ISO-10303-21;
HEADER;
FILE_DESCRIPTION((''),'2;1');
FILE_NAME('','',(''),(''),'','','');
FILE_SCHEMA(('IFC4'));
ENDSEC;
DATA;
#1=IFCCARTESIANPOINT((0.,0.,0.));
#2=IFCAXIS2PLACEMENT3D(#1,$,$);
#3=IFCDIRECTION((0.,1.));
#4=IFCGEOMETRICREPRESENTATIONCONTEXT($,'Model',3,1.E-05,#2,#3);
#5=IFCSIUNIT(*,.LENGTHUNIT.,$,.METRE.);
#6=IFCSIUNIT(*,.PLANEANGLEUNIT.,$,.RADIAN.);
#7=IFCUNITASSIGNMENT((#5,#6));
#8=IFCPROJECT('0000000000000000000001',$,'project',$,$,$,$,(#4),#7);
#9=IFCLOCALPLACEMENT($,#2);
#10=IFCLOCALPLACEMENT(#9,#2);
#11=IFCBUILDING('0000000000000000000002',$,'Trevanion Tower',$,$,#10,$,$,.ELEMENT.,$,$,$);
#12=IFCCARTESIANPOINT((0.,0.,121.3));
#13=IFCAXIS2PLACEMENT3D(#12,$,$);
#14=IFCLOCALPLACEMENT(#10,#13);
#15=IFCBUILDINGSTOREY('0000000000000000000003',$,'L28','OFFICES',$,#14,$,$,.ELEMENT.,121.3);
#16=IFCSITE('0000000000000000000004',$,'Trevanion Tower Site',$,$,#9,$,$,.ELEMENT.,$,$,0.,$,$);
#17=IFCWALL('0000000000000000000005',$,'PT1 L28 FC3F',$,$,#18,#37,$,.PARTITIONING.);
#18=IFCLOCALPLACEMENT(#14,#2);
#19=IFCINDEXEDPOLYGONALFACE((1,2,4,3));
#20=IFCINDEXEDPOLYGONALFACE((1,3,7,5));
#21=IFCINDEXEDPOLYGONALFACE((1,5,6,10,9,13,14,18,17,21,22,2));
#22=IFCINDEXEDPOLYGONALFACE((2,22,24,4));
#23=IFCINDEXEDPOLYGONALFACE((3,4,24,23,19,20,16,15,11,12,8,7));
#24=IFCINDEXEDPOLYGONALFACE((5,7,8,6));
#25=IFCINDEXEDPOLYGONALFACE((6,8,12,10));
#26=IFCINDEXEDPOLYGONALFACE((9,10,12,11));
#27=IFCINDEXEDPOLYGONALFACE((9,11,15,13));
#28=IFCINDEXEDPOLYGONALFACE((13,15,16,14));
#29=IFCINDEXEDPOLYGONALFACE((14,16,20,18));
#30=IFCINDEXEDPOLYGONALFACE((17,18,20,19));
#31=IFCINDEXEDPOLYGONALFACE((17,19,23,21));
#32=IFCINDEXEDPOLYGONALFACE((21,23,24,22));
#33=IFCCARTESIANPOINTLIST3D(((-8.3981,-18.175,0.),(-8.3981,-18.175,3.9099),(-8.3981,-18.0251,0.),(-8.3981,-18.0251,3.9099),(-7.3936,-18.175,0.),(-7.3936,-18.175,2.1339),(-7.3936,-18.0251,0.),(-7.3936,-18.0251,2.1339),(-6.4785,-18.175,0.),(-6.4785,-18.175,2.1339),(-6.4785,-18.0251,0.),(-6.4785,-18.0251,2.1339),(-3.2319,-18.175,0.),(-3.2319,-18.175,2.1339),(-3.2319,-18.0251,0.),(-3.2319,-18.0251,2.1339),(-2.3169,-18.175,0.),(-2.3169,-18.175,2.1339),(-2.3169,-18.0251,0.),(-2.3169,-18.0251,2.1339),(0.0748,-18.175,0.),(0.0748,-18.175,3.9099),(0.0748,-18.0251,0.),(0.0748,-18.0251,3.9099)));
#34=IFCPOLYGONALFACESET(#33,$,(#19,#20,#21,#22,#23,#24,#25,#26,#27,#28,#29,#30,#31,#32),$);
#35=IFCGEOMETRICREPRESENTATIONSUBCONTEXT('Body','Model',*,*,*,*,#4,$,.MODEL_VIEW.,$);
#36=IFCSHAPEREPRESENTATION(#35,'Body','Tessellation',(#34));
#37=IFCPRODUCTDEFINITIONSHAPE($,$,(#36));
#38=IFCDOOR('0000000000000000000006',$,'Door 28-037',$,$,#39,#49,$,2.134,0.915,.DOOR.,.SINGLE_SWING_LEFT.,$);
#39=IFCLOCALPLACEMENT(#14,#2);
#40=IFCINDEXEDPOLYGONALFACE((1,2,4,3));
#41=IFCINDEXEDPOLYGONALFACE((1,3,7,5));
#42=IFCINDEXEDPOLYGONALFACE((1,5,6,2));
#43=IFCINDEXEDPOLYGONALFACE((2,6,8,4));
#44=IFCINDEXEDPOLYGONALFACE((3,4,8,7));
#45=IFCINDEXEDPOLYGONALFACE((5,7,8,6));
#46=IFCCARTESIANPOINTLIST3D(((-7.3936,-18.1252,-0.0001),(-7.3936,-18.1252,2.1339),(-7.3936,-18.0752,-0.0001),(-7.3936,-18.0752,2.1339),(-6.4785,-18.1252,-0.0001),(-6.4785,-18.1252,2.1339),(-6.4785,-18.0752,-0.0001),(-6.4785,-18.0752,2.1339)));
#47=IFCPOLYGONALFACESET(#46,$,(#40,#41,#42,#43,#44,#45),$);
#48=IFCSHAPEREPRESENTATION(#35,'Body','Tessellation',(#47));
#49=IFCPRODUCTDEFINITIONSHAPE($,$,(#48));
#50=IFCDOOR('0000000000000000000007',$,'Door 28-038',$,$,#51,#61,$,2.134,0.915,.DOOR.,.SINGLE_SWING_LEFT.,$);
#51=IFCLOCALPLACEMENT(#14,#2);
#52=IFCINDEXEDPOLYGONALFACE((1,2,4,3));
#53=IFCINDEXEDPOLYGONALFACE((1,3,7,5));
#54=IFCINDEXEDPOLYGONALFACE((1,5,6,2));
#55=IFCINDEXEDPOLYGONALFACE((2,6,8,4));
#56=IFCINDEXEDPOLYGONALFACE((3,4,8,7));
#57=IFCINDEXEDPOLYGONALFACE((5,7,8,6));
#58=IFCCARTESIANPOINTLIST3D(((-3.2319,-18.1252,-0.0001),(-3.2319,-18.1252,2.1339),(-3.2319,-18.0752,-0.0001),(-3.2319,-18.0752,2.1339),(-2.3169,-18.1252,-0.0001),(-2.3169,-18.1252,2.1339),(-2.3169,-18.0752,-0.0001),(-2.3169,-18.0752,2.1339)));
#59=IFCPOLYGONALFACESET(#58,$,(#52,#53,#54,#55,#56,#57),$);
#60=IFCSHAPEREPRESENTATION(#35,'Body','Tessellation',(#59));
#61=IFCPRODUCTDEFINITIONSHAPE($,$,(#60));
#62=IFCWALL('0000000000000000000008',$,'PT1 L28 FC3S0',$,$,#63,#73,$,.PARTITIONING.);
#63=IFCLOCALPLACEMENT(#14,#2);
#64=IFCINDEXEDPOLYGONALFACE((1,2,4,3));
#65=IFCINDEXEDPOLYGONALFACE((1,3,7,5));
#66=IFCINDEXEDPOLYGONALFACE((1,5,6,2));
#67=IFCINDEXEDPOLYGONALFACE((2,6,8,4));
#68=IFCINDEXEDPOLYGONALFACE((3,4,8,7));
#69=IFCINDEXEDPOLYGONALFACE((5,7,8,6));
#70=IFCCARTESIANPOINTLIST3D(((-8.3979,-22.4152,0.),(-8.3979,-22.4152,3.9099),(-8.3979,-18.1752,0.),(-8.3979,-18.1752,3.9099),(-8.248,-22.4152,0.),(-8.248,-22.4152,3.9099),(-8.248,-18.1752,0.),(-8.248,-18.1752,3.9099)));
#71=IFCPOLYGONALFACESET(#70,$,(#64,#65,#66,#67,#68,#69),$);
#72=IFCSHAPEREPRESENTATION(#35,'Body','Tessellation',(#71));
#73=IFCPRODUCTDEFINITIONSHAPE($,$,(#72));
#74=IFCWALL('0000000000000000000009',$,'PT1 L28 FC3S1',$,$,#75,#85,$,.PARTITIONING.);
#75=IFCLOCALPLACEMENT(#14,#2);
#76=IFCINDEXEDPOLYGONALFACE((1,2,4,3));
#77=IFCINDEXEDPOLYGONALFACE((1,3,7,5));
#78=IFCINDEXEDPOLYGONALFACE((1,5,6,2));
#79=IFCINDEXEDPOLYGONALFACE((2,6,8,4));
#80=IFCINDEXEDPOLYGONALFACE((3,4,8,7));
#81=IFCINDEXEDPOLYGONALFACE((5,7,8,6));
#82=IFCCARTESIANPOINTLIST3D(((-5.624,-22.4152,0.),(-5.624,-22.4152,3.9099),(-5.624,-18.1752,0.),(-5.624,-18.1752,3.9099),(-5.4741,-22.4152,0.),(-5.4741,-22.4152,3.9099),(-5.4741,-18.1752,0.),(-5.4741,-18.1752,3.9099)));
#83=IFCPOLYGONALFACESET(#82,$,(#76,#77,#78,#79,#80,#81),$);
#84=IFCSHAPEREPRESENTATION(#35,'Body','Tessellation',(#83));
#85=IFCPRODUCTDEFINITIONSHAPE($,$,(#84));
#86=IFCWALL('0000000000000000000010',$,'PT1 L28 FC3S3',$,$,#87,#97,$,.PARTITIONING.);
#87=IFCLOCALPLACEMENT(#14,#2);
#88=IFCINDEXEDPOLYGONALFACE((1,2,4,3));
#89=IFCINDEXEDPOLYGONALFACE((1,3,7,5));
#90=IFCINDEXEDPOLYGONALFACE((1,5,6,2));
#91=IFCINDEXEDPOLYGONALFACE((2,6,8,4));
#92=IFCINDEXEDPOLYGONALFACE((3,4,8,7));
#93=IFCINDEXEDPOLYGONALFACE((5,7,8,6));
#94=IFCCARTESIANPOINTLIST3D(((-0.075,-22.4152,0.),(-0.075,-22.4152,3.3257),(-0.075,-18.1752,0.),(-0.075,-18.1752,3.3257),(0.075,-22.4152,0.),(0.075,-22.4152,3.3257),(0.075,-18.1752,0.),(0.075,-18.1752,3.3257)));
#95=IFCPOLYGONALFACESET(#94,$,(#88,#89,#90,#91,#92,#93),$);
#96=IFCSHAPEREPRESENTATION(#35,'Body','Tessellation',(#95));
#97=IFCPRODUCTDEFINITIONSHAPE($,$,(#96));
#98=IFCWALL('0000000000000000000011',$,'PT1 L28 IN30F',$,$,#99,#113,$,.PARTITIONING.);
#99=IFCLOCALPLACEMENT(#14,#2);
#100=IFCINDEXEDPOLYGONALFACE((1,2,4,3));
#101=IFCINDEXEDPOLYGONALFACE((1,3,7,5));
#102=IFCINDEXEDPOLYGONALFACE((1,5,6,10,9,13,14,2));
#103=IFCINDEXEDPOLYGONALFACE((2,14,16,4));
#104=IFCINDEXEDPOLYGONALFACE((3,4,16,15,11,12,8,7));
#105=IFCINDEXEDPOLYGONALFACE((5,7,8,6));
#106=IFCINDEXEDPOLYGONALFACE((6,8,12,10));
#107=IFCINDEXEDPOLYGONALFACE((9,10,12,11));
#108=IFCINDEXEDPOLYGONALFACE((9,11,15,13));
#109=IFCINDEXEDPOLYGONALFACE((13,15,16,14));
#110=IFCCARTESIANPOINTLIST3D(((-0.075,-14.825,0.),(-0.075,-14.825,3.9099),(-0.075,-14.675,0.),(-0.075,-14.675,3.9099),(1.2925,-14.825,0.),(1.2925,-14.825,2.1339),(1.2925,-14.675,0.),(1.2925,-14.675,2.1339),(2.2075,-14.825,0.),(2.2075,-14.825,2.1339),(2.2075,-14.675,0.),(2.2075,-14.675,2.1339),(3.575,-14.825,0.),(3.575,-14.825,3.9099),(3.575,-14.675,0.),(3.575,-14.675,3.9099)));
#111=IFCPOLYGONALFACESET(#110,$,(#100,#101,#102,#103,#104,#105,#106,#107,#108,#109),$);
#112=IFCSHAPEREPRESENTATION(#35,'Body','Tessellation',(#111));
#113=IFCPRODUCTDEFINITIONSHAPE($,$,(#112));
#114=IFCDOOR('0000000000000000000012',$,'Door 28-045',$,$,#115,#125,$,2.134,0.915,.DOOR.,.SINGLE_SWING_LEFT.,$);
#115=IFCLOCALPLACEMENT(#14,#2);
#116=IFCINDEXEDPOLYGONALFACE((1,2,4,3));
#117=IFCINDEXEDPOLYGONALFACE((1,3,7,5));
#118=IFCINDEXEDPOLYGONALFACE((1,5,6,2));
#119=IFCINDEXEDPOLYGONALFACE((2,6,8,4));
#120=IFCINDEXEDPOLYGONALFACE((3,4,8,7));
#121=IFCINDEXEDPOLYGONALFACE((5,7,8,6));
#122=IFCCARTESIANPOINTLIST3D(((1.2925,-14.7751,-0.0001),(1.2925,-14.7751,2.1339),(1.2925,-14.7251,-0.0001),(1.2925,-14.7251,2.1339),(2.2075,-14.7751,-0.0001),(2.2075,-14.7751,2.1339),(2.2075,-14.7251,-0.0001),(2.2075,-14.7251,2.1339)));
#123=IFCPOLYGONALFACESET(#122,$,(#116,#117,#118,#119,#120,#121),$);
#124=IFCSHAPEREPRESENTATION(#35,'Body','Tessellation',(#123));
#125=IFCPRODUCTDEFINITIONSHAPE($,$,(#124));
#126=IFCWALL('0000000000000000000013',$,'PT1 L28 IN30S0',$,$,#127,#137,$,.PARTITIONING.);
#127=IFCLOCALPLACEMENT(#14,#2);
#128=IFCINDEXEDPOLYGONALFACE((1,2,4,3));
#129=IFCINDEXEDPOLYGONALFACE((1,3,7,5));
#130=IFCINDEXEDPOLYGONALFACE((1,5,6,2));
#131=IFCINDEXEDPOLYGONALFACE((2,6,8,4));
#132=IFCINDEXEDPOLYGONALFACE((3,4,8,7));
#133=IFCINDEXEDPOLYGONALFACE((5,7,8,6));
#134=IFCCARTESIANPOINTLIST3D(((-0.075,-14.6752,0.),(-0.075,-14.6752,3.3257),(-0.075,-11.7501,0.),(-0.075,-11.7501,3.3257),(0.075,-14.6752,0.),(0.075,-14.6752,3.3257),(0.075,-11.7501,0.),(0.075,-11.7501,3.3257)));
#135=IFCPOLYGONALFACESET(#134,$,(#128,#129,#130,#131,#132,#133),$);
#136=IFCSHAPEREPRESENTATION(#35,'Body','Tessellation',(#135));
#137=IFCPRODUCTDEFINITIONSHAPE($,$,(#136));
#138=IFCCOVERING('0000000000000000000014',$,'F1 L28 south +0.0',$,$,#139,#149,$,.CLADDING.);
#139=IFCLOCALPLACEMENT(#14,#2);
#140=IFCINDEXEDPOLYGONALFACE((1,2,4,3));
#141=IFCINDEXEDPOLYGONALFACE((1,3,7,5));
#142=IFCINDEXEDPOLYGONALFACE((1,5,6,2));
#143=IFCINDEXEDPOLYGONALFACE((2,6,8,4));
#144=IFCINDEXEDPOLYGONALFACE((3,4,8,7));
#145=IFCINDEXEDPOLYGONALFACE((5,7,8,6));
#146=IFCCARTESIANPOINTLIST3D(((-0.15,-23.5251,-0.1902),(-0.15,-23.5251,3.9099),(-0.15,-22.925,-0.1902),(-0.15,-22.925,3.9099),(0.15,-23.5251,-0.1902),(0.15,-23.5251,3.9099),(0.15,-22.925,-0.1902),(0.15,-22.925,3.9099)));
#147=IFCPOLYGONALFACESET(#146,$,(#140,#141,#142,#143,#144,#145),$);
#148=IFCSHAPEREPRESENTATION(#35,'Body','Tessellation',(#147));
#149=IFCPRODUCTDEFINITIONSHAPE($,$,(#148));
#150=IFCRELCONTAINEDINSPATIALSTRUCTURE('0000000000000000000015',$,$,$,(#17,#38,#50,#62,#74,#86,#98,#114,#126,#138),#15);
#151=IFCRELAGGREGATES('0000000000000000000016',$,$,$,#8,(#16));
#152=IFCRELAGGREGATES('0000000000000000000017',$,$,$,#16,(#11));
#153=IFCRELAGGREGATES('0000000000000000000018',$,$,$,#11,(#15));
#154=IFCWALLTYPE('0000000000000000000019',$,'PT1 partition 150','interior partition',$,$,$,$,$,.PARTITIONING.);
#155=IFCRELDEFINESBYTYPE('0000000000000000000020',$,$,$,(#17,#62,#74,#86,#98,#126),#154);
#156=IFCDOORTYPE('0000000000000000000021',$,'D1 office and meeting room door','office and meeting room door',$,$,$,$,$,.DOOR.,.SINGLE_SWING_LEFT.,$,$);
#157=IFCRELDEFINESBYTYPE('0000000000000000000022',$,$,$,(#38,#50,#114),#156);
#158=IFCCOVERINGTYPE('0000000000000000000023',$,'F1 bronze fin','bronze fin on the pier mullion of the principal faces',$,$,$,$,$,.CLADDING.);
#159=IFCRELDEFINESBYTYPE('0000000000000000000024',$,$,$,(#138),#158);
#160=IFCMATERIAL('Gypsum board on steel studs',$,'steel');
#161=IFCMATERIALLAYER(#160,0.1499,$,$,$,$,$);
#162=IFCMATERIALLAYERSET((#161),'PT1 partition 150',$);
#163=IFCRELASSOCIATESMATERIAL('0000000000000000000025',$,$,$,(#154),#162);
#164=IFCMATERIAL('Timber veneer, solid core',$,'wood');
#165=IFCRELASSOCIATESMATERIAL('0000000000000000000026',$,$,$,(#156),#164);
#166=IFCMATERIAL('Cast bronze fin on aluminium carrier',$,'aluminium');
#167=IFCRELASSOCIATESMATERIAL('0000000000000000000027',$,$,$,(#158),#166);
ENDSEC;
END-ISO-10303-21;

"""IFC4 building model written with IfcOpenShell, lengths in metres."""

from ifc_helpers import new_model, si_unit, direction, frame, frame_2d, origin, origin_2d, place, context, subcontext, project, spatial, rectangle, extrude, material, layer, layer_set, type_object, element, fill, save


model = new_model("IFC4")

# Units and contexts
model_context = context("Model", 3, precision=1e-05, world=origin(), true_north=direction((0.0, 1.0)))
body_context = subcontext(model_context, "Body", "Model", "MODEL_VIEW")
ifc_project = project(units=[si_unit("LENGTHUNIT", "METRE"), si_unit("PLANEANGLEUNIT", "RADIAN")], contexts=[model_context])

# Site, building, storey
site_placement = place(None, origin())
site = spatial("IfcSite", under=ifc_project, at=site_placement, Name="Trevanion Tower Site", CompositionType="ELEMENT", RefElevation=0.0)
building_placement = place(site_placement, origin())
building = spatial("IfcBuilding", under=site, at=building_placement, Name="Trevanion Tower", CompositionType="ELEMENT")
storey_placement = place(building_placement, frame((0.0, 0.0, 121.3)))
storey = spatial("IfcBuildingStorey", under=building, at=storey_placement, Name="L28", Description="OFFICES", CompositionType="ELEMENT", Elevation=121.3)

# Wall, openings, doors
ifc_material_1 = material(Name="Gypsum board on steel studs", Category="steel")
ifc_layer_1 = layer(ifc_material_1, 0.1499)
ifc_layer_set_1 = layer_set([ifc_layer_1], Name="PT1 partition 150")
wall_type = type_object("IfcWallType", Name="PT1 partition 150", Description="interior partition", PredefinedType="PARTITIONING", material=ifc_layer_set_1)
wall_1_placement = place(storey_placement, frame((-8.3979, -18.1001, 0.0), z_axis=(0.0, 0.0, 1.0), x_axis=(1.0, 0.0, 0.0)))
wall_1 = element("IfcWall", 1, at=wall_1_placement, inside=storey, type_object=wall_type, Name="PT1 L28 FC3F", PredefinedType="PARTITIONING", context=body_context, shape_type="SweptSolid", body=[
    extrude(rectangle(XDim=8.4729, YDim=0.1499, at=frame_2d((4.2363, 0.0))), origin(), (0.0, 0.0, 1.0), 3.9099),
])
opening_1_placement = place(wall_1_placement, frame((1.0044, 0.0, 0.0)))
opening_1 = element("IfcOpeningElement", 2, at=opening_1_placement, cuts=wall_1, PredefinedType="OPENING", context=body_context, shape_type="SweptSolid", body=[
    extrude(rectangle(XDim=0.915, YDim=2.134, at=frame_2d((0.4575, 1.0669))), frame((0.0, 0.085, 0.0), z_axis=(0.0, -1.0, 0.0), x_axis=(1.0, 0.0, 0.0)), (0.0, 0.0, 1.0), 0.1699),
])
opening_2_placement = place(wall_1_placement, frame((5.166, 0.0, 0.0)))
opening_2 = element("IfcOpeningElement", 3, at=opening_2_placement, cuts=wall_1, PredefinedType="OPENING", context=body_context, shape_type="SweptSolid", body=[
    extrude(rectangle(XDim=0.915, YDim=2.134, at=frame_2d((0.4575, 1.0669))), frame((0.0, 0.085, 0.0), z_axis=(0.0, -1.0, 0.0), x_axis=(1.0, 0.0, 0.0)), (0.0, 0.0, 1.0), 0.1699),
])
ifc_material_2 = material(Name="Timber veneer, solid core", Category="wood")
door_type = type_object("IfcDoorType", Name="D1 office and meeting room door", Description="office and meeting room door", OperationType="SINGLE_SWING_LEFT", PredefinedType="DOOR", material=ifc_material_2)
door_1_placement = place(opening_1_placement, origin())
door_1 = element("IfcDoor", 4, at=door_1_placement, inside=storey, type_object=door_type, Name="Door 28-037", OperationType="SINGLE_SWING_LEFT", OverallHeight=2.134, OverallWidth=0.915, PredefinedType="DOOR", context=body_context, shape_type="SweptSolid", body=[
    extrude(rectangle(XDim=0.915, YDim=2.134, at=frame_2d((0.4575, 1.0669))), frame((0.0, 0.0249, 0.0), z_axis=(0.0, -1.0, 0.0), x_axis=(1.0, 0.0, 0.0)), (0.0, 0.0, 1.0), 0.05),
])
fill(opening_1, door_1)
door_2_placement = place(opening_2_placement, origin())
door_2 = element("IfcDoor", 5, at=door_2_placement, inside=storey, type_object=door_type, Name="Door 28-038", OperationType="SINGLE_SWING_LEFT", OverallHeight=2.134, OverallWidth=0.915, PredefinedType="DOOR", context=body_context, shape_type="SweptSolid", body=[
    extrude(rectangle(XDim=0.915, YDim=2.134, at=frame_2d((0.4575, 1.0669))), frame((0.0, 0.0249, 0.0), z_axis=(0.0, -1.0, 0.0), x_axis=(1.0, 0.0, 0.0)), (0.0, 0.0, 1.0), 0.05),
])
fill(opening_2, door_2)

# Walls
for number, where, z_axis, x_axis, name in (
    (6, (-8.323, -18.175, 0.0), (0.0, 0.0, 1.0), (0.0, -1.0, 0.0), "PT1 L28 FC3S0"),
    (7, (-5.5491, -18.175, 0.0), (0.0, 0.0, 1.0), (0.0, -1.0, 0.0), "PT1 L28 FC3S1"),
):
    element("IfcWall", number, at=place(storey_placement, frame(where, z_axis=z_axis, x_axis=x_axis)), inside=storey, type_object=wall_type, Name=name, PredefinedType="PARTITIONING", context=body_context, shape_type="SweptSolid", body=[
        extrude(rectangle(XDim=4.24, YDim=0.1499, at=frame_2d((2.1201, 0.0))), origin(), (0.0, 0.0, 1.0), 3.9099),
    ])
wall_2_placement = place(storey_placement, frame((0.0, -18.175, 0.0), z_axis=(0.0, 0.0, 1.0), x_axis=(0.0, -1.0, 0.0)))
element("IfcWall", 8, at=wall_2_placement, inside=storey, type_object=wall_type, Name="PT1 L28 FC3S3", PredefinedType="PARTITIONING", context=body_context, shape_type="SweptSolid", body=[
    extrude(rectangle(XDim=4.24, YDim=0.1499, at=frame_2d((2.1201, 0.0))), origin(), (0.0, 0.0, 1.0), 3.3257),
])

# Wall, opening, door
wall_3_placement = place(storey_placement, frame((-0.075, -14.75, 0.0), z_axis=(0.0, 0.0, 1.0), x_axis=(1.0, 0.0, 0.0)))
wall_3 = element("IfcWall", 9, at=wall_3_placement, inside=storey, type_object=wall_type, Name="PT1 L28 IN30F", PredefinedType="PARTITIONING", context=body_context, shape_type="SweptSolid", body=[
    extrude(rectangle(XDim=3.6499, YDim=0.1499, at=frame_2d((1.825, 0.0))), origin(), (0.0, 0.0, 1.0), 3.9099),
])
opening_3_placement = place(wall_3_placement, frame((1.3674, 0.0, 0.0)))
opening_3 = element("IfcOpeningElement", 10, at=opening_3_placement, cuts=wall_3, PredefinedType="OPENING", context=body_context, shape_type="SweptSolid", body=[
    extrude(rectangle(XDim=0.915, YDim=2.134, at=frame_2d((0.4575, 1.0669))), frame((0.0, 0.085, 0.0), z_axis=(0.0, -1.0, 0.0), x_axis=(1.0, 0.0, 0.0)), (0.0, 0.0, 1.0), 0.1699),
])
door_3_placement = place(opening_3_placement, origin())
door_3 = element("IfcDoor", 11, at=door_3_placement, inside=storey, type_object=door_type, Name="Door 28-045", OperationType="SINGLE_SWING_LEFT", OverallHeight=2.134, OverallWidth=0.915, PredefinedType="DOOR", context=body_context, shape_type="SweptSolid", body=[
    extrude(rectangle(XDim=0.915, YDim=2.134, at=frame_2d((0.4575, 1.0669))), frame((0.0, 0.0249, 0.0), z_axis=(0.0, -1.0, 0.0), x_axis=(1.0, 0.0, 0.0)), (0.0, 0.0, 1.0), 0.05),
])
fill(opening_3, door_3)

# Wall
wall_4_placement = place(storey_placement, frame((0.0, -14.675, 0.0), z_axis=(0.0, 0.0, 1.0), x_axis=(0.0, 1.0, 0.0)))
element("IfcWall", 12, at=wall_4_placement, inside=storey, type_object=wall_type, Name="PT1 L28 IN30S0", PredefinedType="PARTITIONING", context=body_context, shape_type="SweptSolid", body=[
    extrude(rectangle(XDim=2.925, YDim=0.1499, at=frame_2d((1.4624, 0.0))), origin(), (0.0, 0.0, 1.0), 3.3257),
])

# Covering
ifc_material_3 = material(Name="Cast bronze fin on aluminium carrier", Category="aluminium")
covering_type = type_object("IfcCoveringType", Name="F1 bronze fin", Description="bronze fin on the pier mullion of the principal faces", PredefinedType="CLADDING", material=ifc_material_3)
covering_placement = place(storey_placement, frame((0.0, -23.2251, -0.1902), z_axis=(0.0, 0.0, 1.0), x_axis=(1.0, 0.0, 0.0)))
element("IfcCovering", 13, at=covering_placement, inside=storey, type_object=covering_type, Name="F1 L28 south +0.0", PredefinedType="CLADDING", context=body_context, shape_type="SweptSolid", body=[
    extrude(rectangle(XDim=0.3, YDim=0.6001, at=origin_2d()), origin(), (0.0, 0.0, 1.0), 4.1001),
])

save(model, "model.ifc")
